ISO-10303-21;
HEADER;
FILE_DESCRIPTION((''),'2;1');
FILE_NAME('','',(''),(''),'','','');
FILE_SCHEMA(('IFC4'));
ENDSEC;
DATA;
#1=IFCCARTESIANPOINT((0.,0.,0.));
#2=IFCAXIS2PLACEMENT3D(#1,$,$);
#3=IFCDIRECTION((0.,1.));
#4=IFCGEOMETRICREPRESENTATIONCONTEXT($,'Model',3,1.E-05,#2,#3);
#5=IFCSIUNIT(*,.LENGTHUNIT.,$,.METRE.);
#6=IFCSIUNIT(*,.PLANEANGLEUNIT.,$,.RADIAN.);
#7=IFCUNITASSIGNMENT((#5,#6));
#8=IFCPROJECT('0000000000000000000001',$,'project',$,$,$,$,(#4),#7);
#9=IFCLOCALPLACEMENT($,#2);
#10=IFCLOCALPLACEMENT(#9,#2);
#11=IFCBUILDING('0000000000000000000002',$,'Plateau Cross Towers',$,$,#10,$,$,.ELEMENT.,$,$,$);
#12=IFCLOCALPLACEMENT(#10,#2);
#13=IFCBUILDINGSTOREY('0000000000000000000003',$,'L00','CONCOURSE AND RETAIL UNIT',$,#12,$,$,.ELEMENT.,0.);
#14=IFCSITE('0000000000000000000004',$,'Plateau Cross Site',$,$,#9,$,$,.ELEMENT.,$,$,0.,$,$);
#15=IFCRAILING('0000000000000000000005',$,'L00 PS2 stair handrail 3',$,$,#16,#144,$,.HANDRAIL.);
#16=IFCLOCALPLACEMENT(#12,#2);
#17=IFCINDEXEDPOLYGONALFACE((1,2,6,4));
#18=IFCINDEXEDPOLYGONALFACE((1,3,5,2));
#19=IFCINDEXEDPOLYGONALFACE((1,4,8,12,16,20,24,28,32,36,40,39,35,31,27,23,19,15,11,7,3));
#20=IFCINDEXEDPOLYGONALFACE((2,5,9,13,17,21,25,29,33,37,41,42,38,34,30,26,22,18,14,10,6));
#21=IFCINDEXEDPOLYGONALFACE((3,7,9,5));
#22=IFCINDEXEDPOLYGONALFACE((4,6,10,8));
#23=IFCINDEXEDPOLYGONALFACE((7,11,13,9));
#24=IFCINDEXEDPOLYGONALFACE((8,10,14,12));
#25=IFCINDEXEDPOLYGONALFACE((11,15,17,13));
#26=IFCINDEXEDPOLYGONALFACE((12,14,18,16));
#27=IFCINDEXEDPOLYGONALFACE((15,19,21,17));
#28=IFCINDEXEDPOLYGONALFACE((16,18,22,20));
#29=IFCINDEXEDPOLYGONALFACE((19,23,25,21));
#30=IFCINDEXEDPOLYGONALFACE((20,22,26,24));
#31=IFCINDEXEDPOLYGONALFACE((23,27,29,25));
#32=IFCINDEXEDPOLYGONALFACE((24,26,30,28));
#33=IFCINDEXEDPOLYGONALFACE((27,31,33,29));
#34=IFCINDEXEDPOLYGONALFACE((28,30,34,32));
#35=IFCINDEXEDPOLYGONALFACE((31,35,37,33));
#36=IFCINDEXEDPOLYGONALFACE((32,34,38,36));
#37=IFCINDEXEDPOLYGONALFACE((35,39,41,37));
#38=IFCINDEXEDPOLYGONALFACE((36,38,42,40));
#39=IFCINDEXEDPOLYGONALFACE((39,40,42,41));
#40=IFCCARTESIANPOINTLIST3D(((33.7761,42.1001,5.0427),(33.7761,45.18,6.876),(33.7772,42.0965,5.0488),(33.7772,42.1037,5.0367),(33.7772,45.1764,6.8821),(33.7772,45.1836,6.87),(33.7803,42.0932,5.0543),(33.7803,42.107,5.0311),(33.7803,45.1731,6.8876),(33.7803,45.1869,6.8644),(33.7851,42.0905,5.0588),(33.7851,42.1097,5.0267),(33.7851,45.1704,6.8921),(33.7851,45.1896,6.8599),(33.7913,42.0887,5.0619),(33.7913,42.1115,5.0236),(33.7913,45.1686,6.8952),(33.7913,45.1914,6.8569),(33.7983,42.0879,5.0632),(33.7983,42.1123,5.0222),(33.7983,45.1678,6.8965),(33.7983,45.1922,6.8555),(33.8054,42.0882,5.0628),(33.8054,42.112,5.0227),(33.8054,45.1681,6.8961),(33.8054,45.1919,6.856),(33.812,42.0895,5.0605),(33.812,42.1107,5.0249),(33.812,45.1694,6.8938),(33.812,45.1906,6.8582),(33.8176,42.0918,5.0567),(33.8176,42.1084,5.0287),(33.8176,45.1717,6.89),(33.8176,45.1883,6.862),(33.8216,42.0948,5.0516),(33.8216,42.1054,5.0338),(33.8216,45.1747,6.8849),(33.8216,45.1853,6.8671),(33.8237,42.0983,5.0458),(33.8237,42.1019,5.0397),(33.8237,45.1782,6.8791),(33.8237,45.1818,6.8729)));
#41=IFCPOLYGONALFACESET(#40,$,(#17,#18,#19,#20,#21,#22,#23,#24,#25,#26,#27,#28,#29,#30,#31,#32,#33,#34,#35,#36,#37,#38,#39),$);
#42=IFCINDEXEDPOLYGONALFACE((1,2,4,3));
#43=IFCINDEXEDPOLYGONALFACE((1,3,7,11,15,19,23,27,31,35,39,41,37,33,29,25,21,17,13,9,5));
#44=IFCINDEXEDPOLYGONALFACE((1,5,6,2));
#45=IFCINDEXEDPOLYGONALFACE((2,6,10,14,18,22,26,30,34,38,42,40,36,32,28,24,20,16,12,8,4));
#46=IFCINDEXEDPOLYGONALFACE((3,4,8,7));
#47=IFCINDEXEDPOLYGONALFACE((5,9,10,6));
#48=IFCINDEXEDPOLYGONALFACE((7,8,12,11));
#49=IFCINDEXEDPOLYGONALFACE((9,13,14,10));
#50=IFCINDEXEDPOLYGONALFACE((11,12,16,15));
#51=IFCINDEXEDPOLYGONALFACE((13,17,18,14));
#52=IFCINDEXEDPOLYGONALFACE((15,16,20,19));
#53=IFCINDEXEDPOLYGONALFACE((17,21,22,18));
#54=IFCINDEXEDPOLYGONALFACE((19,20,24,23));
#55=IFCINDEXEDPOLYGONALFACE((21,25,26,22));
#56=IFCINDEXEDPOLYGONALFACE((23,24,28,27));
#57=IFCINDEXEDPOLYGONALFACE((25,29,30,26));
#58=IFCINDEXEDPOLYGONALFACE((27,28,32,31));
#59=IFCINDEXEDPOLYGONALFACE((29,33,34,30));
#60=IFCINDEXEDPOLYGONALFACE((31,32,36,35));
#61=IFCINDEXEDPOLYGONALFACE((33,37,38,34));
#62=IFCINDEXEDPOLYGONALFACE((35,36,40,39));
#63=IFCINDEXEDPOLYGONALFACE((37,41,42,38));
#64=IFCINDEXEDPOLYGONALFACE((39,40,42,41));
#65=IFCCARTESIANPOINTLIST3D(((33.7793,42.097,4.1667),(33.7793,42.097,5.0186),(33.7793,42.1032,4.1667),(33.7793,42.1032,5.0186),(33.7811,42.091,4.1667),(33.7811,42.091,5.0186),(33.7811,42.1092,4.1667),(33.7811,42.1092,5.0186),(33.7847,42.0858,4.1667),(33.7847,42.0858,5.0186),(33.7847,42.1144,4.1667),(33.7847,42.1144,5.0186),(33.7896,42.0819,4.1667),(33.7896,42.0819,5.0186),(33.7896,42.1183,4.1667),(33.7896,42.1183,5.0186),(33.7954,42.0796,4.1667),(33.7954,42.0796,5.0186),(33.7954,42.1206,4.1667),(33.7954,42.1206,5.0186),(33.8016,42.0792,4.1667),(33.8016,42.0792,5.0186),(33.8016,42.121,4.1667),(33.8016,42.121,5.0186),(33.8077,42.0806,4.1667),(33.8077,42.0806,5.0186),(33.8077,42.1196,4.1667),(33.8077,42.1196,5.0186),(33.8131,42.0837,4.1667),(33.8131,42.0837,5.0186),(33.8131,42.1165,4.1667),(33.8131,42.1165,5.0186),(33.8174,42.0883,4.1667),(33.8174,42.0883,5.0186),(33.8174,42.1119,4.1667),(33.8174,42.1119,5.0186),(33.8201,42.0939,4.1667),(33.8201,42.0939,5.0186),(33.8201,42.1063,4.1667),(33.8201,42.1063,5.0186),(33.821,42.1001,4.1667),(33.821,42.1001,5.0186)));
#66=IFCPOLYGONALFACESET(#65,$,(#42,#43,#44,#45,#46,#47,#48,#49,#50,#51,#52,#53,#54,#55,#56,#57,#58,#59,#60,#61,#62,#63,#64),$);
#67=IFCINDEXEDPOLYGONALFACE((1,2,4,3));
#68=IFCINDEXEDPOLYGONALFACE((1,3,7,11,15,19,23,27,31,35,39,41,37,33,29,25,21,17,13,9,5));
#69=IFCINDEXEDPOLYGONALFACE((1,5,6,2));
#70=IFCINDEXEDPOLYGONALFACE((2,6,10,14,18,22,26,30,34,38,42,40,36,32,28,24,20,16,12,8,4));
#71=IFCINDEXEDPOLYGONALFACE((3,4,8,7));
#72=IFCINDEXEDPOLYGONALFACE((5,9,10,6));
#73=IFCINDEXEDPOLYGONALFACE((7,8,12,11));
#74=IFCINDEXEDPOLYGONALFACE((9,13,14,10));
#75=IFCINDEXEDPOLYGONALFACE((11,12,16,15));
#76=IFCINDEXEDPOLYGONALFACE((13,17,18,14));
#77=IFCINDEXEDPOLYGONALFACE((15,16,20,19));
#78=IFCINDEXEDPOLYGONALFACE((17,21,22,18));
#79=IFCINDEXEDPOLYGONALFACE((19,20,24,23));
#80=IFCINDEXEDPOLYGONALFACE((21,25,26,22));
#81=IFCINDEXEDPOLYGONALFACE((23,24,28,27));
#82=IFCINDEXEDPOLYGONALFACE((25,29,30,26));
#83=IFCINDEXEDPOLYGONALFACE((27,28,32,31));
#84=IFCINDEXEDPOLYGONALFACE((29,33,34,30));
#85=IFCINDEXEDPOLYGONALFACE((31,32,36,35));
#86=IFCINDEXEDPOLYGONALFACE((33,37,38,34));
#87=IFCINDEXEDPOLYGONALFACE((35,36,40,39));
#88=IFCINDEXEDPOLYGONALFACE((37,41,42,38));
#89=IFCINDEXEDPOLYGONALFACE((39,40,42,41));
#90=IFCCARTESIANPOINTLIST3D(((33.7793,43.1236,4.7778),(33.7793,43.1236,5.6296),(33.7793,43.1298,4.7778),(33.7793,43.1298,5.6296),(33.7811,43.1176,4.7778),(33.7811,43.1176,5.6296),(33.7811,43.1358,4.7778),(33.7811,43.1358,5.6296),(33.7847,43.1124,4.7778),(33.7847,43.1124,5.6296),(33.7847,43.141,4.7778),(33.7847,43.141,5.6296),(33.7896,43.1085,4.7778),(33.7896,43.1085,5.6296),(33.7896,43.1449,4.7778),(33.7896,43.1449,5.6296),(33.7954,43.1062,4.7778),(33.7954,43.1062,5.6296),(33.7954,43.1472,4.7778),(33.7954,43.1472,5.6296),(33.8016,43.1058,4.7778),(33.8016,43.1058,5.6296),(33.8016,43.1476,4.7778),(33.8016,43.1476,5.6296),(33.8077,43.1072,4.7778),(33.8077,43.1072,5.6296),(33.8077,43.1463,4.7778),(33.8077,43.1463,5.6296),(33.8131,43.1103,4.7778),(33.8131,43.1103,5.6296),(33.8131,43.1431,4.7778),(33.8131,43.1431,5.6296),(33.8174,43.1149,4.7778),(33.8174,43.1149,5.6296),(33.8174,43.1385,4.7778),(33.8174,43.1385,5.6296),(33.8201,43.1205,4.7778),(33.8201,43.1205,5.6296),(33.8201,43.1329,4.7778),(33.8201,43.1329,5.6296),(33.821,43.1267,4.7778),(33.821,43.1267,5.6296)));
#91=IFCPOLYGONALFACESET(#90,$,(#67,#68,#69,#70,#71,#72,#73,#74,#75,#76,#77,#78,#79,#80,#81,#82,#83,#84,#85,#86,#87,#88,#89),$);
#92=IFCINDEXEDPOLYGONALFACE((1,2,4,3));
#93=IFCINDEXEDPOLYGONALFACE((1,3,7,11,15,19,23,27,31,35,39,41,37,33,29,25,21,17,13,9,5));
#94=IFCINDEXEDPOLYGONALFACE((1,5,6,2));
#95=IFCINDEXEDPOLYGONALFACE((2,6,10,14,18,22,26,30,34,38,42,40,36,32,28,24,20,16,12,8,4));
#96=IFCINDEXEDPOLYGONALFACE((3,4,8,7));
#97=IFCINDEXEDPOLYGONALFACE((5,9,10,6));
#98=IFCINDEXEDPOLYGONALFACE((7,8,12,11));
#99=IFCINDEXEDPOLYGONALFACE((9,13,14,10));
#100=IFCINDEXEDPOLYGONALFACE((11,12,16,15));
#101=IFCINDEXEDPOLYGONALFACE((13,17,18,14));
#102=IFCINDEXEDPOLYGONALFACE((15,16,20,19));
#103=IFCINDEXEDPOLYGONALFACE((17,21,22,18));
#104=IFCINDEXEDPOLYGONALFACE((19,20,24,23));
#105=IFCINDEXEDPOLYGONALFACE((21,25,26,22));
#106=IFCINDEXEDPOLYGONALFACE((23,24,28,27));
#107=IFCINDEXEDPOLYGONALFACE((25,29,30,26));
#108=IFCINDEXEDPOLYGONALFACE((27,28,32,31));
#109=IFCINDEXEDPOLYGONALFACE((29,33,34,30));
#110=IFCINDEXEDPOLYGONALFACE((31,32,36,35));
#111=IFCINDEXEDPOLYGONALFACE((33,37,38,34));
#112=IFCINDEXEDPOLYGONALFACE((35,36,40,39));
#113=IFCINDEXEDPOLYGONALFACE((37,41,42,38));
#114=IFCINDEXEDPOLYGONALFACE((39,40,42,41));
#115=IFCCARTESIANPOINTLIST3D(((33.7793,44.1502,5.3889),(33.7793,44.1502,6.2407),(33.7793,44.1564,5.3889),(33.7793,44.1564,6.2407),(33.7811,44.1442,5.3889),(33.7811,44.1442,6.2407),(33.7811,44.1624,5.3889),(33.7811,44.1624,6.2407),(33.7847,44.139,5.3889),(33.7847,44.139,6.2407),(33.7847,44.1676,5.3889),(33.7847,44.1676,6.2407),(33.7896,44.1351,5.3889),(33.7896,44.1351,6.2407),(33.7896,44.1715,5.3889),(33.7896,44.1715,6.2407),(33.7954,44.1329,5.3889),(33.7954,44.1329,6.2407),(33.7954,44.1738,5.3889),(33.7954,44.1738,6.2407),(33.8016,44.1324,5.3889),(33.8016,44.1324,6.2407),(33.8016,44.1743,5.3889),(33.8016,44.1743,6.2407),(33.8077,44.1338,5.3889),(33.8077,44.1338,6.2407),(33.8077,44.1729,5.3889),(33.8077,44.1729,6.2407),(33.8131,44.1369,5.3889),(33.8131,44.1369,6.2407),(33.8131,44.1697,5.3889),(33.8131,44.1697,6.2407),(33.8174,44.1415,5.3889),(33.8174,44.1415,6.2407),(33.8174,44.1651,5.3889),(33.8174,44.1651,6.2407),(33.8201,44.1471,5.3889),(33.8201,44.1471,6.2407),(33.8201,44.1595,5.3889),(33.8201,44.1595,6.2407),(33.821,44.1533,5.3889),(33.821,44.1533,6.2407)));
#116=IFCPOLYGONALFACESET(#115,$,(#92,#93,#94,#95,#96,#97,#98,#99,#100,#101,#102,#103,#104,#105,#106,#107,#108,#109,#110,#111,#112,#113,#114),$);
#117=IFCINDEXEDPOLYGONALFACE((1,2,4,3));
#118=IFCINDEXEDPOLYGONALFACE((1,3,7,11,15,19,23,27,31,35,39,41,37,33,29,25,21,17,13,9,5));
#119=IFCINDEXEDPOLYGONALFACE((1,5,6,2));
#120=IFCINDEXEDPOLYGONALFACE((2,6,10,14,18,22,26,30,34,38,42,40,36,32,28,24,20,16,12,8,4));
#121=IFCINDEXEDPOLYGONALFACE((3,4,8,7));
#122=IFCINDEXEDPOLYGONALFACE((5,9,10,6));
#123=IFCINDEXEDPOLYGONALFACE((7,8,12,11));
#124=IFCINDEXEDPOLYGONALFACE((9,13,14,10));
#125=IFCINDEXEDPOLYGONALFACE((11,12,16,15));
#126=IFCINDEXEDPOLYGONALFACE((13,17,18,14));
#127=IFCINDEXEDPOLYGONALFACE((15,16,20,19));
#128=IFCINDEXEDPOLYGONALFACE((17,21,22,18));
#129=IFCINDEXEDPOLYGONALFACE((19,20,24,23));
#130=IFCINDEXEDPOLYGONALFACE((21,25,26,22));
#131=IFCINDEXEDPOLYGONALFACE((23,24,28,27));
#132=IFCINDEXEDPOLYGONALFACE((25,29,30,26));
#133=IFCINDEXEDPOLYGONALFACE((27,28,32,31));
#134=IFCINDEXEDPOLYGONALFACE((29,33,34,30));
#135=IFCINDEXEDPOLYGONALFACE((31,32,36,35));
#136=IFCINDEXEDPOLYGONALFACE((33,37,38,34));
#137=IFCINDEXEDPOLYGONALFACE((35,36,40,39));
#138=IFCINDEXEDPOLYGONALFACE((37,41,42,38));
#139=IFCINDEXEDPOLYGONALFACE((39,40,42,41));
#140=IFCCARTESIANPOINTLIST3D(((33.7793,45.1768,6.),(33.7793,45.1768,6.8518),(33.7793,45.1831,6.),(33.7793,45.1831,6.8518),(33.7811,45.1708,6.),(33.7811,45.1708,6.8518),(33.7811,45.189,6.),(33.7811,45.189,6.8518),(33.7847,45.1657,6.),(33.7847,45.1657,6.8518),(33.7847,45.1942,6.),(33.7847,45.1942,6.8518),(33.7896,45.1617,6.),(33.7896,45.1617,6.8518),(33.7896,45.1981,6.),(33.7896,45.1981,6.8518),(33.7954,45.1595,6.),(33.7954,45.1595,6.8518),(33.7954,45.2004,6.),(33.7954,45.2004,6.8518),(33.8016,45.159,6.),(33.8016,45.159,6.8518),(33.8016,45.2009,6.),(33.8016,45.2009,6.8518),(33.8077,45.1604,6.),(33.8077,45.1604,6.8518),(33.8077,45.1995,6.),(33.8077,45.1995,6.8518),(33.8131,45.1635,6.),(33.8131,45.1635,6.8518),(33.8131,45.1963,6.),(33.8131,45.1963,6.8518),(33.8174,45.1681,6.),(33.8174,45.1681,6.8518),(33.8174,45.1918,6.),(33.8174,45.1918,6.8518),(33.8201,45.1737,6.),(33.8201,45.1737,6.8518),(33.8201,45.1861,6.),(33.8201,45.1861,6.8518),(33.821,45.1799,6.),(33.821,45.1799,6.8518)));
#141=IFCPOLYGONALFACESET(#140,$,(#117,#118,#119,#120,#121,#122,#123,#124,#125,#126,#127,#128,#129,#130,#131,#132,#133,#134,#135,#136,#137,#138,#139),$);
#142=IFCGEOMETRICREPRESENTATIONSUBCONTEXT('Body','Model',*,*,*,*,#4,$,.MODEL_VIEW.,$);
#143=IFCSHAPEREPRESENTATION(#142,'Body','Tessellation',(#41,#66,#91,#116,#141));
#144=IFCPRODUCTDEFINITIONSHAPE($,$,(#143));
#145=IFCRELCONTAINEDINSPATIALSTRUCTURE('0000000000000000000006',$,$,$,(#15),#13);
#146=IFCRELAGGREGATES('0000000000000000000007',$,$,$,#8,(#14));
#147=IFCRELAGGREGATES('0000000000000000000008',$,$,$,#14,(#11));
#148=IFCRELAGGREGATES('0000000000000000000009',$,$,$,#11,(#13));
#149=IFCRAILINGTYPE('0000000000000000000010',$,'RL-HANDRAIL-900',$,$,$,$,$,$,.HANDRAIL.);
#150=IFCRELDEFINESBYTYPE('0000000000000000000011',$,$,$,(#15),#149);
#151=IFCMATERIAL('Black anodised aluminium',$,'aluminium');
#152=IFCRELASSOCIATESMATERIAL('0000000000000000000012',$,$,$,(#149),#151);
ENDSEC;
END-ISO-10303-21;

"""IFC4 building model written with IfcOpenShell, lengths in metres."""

from ifc_helpers import new_model, si_unit, direction, frame, origin, origin_2d, place, context, subcontext, project, spatial, circle, extrude, material, type_object, element, save


model = new_model("IFC4")

# Units and contexts
model_context = context("Model", 3, precision=1e-05, world=origin(), true_north=direction((0.0, 1.0)))
body_context = subcontext(model_context, "Body", "Model", "MODEL_VIEW")
ifc_project = project(units=[si_unit("LENGTHUNIT", "METRE"), si_unit("PLANEANGLEUNIT", "RADIAN")], contexts=[model_context])

# Site, building, storey
site_placement = place(None, origin())
site = spatial("IfcSite", under=ifc_project, at=site_placement, Name="Plateau Cross Site", CompositionType="ELEMENT", RefElevation=0.0)
building_placement = place(site_placement, origin())
building = spatial("IfcBuilding", under=site, at=building_placement, Name="Plateau Cross Towers", CompositionType="ELEMENT")
storey_placement = place(building_placement, origin())
storey = spatial("IfcBuildingStorey", under=building, at=storey_placement, Name="L00", Description="CONCOURSE AND RETAIL UNIT", CompositionType="ELEMENT", Elevation=0.0)

# Railing
ifc_material_1 = material(Name="Black anodised aluminium", Category="aluminium")
railing_type_1 = type_object("IfcRailingType", Name="RL-HANDRAIL-900", PredefinedType="HANDRAIL", material=ifc_material_1)
for number, where, name in (
    (1, (33.8, 42.1001, 4.1667), "L00 PS2 stair handrail 3"),
):
    element("IfcRailing", number, at=place(storey_placement, frame(where)), inside=storey, type_object=railing_type_1, Name=name, PredefinedType="HANDRAIL", context=body_context, shape_type="SweptSolid", body=[
        extrude(circle(Radius=0.0239, at=origin_2d()), frame((0.0, 0.0, 0.876), z_axis=(0.0, 0.859291, 0.511487), x_axis=(-1.0, 0.0, 0.0)), (0.0, 0.0, 1.0), 3.5842),
        extrude(circle(Radius=0.021, at=origin_2d()), origin(), (0.0, 0.0, 1.0), 0.8518),
        extrude(circle(Radius=0.021, at=origin_2d()), frame((0.0, 1.0266, 0.6111)), (0.0, 0.0, 1.0), 0.8518),
        extrude(circle(Radius=0.021, at=origin_2d()), frame((0.0, 2.0532, 1.2222)), (0.0, 0.0, 1.0), 0.8518),
        extrude(circle(Radius=0.021, at=origin_2d()), frame((0.0, 3.0798, 1.8333)), (0.0, 0.0, 1.0), 0.8518),
    ])

save(model, "model.ifc")
